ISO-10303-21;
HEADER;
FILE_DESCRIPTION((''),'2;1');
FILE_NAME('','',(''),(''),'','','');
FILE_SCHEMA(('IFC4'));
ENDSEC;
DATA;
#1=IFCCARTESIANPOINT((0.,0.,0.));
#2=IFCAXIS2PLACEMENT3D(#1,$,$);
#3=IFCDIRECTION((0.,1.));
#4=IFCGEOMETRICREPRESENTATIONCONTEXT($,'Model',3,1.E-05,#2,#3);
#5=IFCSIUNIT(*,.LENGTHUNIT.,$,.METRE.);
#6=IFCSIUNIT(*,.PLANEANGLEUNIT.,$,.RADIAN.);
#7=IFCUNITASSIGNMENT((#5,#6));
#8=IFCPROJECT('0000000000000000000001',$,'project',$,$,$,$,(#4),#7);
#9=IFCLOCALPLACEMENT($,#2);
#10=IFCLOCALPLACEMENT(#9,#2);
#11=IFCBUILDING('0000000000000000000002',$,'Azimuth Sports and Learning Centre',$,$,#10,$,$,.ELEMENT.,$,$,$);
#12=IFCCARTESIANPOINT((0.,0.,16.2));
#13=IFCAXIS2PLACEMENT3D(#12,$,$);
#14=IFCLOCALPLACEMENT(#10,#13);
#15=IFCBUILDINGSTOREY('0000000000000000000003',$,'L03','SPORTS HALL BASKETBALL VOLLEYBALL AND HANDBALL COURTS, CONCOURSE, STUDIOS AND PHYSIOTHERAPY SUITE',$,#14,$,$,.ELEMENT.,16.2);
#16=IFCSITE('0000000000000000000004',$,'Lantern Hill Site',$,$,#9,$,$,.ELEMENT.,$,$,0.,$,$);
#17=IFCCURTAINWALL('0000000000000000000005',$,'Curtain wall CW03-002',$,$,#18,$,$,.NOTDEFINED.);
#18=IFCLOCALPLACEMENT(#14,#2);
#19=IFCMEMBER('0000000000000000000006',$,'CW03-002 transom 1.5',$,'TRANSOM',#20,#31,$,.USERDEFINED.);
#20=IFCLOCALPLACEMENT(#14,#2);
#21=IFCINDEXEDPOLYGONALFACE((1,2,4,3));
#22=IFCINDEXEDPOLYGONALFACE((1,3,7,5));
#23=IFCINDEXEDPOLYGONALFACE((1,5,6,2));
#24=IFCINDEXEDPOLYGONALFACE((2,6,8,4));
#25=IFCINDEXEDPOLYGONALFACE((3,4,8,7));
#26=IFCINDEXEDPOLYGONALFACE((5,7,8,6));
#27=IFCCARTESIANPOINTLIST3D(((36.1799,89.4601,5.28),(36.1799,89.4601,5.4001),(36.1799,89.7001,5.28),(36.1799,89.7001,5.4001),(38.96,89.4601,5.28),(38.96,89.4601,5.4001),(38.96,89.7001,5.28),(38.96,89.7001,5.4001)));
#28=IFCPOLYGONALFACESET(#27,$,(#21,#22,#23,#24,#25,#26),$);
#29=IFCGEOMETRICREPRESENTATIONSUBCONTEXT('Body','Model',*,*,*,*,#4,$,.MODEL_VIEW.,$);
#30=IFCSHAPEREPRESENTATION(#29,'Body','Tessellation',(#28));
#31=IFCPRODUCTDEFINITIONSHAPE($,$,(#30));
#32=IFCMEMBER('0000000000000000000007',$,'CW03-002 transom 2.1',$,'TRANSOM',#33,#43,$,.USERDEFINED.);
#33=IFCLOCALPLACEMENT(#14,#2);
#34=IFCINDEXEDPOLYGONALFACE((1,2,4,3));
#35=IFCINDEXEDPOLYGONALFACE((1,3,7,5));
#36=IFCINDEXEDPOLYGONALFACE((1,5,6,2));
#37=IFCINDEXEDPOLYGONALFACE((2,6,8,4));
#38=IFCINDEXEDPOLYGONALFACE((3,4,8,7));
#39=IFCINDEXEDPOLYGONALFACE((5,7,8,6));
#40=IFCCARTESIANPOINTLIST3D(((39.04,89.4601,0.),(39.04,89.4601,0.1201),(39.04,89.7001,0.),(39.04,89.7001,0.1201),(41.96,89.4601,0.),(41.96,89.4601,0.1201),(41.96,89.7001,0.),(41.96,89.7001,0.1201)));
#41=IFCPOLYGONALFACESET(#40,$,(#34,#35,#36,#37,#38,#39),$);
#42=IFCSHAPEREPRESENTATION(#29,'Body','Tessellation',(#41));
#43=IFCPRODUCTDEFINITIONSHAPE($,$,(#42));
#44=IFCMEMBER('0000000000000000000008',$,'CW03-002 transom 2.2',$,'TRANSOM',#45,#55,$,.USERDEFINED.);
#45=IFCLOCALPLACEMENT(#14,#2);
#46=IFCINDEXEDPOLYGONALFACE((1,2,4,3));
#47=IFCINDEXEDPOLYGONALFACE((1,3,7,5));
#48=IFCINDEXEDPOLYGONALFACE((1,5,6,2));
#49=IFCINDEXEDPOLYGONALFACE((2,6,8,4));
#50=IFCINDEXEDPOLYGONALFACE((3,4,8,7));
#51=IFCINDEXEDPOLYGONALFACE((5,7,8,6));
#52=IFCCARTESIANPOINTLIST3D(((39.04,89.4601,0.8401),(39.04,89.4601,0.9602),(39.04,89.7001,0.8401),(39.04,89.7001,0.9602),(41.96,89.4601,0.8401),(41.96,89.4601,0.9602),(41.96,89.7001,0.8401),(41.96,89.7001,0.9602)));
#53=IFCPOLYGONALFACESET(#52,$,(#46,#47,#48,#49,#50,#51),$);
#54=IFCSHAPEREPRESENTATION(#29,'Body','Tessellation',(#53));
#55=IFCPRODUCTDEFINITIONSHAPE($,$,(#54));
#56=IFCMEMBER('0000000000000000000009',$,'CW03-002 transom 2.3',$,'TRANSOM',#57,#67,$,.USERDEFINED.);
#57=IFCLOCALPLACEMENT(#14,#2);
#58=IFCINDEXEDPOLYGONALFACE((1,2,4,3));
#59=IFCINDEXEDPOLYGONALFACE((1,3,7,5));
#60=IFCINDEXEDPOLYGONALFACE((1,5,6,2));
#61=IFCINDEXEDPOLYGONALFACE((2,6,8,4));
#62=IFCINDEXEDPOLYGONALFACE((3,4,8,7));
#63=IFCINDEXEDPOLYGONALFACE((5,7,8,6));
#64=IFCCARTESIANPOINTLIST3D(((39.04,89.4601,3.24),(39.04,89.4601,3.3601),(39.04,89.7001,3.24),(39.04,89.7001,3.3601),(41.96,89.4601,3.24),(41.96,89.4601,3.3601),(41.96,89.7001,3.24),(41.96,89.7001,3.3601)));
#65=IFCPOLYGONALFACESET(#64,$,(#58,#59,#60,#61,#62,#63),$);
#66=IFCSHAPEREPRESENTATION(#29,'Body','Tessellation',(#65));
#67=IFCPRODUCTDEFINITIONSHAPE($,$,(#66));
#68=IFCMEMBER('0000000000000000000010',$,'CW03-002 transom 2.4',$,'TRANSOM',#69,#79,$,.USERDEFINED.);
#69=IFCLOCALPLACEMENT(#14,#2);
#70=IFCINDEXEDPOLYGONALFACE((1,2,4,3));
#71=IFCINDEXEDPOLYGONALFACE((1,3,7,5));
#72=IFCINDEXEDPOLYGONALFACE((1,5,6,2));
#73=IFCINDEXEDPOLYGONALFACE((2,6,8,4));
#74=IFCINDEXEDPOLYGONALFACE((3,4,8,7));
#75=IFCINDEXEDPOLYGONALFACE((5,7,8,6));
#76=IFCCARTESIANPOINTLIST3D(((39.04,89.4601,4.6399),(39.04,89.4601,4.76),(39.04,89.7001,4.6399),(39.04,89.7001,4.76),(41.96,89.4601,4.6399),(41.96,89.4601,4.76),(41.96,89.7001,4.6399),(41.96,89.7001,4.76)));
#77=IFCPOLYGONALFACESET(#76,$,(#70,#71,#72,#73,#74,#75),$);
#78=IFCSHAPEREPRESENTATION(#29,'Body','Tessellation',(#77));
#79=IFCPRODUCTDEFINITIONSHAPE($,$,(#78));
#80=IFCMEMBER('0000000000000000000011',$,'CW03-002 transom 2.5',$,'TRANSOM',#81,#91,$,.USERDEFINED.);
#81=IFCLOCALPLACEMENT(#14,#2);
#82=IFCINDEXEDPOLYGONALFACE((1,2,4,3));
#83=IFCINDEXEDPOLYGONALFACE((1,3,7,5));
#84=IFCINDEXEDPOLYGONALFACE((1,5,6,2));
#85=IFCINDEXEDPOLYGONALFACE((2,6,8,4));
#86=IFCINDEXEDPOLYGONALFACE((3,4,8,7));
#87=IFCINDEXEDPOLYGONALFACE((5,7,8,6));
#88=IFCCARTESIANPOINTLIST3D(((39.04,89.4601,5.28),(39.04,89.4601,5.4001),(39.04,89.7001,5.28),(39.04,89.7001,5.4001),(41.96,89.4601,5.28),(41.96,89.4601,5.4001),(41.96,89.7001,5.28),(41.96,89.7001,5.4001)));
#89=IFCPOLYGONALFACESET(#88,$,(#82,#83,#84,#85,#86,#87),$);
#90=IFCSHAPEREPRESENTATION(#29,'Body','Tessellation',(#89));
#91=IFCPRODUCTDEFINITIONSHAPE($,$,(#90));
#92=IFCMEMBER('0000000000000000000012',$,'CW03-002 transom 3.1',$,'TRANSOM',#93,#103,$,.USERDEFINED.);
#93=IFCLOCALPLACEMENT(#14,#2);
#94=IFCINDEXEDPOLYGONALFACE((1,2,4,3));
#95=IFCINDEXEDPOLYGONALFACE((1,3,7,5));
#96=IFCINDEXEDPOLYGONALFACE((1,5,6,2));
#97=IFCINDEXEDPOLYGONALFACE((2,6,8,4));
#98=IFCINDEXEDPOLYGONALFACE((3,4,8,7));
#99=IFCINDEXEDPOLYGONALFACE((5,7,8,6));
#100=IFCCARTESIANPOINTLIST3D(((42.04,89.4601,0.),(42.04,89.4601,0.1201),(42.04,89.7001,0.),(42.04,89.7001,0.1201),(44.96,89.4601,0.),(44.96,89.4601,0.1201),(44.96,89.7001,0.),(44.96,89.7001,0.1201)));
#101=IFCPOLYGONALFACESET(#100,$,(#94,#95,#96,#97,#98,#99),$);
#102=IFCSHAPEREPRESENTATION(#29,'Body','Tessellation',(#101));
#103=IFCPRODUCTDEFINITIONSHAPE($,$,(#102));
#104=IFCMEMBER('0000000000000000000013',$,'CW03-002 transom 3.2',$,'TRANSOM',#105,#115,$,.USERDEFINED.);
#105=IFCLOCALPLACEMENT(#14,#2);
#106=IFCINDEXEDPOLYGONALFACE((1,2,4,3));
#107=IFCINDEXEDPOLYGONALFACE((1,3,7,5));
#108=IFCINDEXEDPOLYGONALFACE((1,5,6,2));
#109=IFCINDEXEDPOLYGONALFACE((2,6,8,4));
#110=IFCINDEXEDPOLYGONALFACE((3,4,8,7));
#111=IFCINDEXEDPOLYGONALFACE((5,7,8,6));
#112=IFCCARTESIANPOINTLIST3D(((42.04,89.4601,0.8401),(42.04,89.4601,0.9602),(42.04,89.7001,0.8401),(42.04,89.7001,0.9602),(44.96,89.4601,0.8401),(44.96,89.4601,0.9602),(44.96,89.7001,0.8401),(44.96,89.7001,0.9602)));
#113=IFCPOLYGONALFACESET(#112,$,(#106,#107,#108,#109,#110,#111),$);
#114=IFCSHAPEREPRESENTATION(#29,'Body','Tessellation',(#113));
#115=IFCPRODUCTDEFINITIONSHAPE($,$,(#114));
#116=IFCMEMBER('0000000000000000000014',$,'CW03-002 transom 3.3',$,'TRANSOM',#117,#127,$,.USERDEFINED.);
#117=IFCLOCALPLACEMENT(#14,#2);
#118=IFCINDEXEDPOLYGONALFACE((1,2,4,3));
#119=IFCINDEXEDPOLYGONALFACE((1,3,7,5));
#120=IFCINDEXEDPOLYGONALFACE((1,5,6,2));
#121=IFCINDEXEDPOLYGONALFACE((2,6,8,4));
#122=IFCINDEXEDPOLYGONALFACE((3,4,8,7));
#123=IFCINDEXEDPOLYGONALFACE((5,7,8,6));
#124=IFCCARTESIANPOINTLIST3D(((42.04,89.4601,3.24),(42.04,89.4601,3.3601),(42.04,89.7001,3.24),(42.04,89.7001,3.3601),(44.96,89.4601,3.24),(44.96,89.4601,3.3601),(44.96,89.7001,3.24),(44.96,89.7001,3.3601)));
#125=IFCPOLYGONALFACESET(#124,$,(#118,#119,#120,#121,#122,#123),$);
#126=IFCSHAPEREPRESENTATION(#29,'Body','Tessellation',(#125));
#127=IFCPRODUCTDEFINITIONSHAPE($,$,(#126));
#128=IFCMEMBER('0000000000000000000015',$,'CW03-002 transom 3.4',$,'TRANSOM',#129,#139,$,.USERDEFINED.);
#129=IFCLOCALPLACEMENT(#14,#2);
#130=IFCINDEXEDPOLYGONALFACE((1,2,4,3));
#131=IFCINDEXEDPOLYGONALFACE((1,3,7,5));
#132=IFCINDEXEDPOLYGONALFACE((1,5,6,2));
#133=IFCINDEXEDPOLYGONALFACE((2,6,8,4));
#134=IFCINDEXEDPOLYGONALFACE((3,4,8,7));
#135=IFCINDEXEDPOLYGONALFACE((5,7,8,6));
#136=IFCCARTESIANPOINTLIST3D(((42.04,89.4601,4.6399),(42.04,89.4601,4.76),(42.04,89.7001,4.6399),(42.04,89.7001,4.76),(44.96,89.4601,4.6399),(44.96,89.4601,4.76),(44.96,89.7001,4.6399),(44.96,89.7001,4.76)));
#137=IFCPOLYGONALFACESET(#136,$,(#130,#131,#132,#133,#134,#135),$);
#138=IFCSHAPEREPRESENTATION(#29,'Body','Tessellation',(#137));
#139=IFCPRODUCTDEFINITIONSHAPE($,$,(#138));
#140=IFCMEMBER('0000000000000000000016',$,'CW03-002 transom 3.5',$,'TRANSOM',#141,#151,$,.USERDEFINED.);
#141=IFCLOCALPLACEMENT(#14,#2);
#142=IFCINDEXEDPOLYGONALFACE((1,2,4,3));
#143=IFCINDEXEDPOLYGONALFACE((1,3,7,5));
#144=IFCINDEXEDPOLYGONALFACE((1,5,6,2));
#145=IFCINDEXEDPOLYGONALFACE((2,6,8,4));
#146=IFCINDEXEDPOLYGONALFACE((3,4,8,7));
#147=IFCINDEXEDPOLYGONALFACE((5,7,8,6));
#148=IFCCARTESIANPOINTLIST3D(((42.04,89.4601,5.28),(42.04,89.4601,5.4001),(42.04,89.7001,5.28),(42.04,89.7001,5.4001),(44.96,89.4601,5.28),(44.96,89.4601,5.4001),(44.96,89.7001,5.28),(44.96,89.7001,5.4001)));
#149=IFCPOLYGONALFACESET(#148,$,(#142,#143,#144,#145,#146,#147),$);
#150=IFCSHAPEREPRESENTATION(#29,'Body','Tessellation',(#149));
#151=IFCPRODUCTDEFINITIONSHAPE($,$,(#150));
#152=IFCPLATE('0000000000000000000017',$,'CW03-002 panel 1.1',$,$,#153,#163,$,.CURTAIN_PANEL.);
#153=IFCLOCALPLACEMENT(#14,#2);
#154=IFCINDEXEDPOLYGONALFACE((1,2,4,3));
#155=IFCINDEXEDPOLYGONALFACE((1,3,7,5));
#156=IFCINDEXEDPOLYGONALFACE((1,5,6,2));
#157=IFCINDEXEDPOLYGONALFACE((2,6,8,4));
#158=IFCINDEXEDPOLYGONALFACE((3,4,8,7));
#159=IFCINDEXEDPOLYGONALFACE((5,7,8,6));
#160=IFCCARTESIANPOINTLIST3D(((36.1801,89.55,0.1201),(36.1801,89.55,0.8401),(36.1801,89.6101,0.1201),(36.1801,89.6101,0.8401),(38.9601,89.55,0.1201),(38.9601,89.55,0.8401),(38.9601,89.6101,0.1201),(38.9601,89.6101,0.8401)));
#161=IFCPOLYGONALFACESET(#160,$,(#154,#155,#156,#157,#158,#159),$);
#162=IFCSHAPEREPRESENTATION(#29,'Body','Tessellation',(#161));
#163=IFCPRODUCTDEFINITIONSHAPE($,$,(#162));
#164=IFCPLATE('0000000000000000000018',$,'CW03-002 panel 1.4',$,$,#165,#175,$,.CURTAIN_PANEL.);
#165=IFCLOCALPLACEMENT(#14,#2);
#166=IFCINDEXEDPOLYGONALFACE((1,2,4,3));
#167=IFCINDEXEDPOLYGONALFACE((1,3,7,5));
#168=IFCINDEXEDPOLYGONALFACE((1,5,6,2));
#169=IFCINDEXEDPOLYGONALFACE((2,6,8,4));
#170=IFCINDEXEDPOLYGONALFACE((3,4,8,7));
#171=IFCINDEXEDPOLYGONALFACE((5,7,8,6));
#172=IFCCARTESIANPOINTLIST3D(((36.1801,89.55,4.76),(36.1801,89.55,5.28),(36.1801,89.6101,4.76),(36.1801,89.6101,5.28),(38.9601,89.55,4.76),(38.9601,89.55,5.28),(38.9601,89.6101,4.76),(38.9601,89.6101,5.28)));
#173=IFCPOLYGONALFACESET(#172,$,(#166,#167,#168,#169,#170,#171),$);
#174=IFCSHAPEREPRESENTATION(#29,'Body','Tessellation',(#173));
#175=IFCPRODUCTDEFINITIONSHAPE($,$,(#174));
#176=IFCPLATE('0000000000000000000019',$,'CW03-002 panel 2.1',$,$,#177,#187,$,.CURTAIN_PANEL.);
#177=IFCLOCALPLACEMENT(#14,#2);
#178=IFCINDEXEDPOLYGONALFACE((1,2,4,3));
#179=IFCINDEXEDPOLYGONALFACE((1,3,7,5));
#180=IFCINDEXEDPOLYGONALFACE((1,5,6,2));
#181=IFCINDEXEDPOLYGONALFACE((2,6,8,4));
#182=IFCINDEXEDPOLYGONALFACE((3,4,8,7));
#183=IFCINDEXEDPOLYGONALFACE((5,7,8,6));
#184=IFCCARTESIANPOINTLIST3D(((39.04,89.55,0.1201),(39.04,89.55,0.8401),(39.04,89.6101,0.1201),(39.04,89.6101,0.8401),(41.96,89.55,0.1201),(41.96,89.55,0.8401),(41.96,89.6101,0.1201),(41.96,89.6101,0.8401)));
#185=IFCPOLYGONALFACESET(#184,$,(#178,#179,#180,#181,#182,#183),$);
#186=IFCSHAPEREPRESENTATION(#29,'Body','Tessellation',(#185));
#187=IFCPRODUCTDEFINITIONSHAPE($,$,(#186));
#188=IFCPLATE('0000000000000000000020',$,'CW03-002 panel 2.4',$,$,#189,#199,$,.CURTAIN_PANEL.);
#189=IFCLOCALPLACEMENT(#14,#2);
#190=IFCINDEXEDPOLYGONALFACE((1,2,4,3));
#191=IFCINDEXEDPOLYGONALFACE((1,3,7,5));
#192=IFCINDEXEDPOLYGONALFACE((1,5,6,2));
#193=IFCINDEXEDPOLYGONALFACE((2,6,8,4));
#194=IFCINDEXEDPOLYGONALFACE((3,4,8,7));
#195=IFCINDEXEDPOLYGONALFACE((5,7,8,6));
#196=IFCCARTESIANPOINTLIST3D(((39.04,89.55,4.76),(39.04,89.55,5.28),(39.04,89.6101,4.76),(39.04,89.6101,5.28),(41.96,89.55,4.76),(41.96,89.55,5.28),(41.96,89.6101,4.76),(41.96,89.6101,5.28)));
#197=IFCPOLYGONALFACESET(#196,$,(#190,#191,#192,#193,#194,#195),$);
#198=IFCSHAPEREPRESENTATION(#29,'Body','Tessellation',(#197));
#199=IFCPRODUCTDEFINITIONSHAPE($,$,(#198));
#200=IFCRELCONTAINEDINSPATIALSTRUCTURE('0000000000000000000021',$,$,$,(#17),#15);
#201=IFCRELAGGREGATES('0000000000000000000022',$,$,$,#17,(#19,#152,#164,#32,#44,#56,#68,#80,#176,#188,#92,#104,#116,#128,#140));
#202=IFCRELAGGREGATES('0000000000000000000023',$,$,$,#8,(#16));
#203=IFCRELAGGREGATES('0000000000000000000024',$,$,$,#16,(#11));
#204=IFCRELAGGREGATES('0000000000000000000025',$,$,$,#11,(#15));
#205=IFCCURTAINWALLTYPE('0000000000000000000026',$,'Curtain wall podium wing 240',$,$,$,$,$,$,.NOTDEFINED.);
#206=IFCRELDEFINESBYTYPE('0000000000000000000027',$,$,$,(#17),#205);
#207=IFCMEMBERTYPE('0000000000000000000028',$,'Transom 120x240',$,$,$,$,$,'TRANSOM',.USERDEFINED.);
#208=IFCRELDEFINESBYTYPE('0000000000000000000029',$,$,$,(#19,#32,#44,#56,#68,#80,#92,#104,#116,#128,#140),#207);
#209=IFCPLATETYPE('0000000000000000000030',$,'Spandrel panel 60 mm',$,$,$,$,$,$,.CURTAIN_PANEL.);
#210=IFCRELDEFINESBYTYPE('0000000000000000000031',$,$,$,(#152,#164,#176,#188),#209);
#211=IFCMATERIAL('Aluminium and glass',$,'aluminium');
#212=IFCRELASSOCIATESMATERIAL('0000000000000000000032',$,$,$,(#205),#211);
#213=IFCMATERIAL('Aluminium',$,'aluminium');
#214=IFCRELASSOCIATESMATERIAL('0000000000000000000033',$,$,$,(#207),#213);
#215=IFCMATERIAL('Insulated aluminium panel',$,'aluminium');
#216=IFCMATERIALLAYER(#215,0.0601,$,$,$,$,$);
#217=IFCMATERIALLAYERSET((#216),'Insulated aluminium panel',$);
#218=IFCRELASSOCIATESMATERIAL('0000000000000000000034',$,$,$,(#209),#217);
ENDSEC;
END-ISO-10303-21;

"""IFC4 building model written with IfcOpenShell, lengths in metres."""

from ifc_helpers import new_model, si_unit, direction, frame, origin, origin_2d, place, context, subcontext, project, spatial, rectangle, extrude, material, layer, layer_set, material_profile, profile_set, type_object, element, aggregate, save


model = new_model("IFC4")

# Units and contexts
model_context = context("Model", 3, precision=1e-05, world=origin(), true_north=direction((0.0, 1.0)))
body_context = subcontext(model_context, "Body", "Model", "MODEL_VIEW")
ifc_project = project(units=[si_unit("LENGTHUNIT", "METRE"), si_unit("PLANEANGLEUNIT", "RADIAN")], contexts=[model_context])

# Site, building, storey
site_placement = place(None, origin())
site = spatial("IfcSite", under=ifc_project, at=site_placement, Name="Lantern Hill Site", CompositionType="ELEMENT", RefElevation=0.0)
building_placement = place(site_placement, origin())
building = spatial("IfcBuilding", under=site, at=building_placement, Name="Azimuth Sports and Learning Centre", CompositionType="ELEMENT")
storey_placement = place(building_placement, frame((0.0, 0.0, 16.2)))
storey = spatial("IfcBuildingStorey", under=building, at=storey_placement, Name="L03", Description="SPORTS HALL BASKETBALL VOLLEYBALL AND HANDBALL COURTS, CONCOURSE, STUDIOS AND PHYSIOTHERAPY SUITE", CompositionType="ELEMENT", Elevation=16.2)

# Curtain wall, members, plates
ifc_material_1 = material(Name="Aluminium and glass", Category="aluminium")
curtain_wall_type = type_object("IfcCurtainWallType", Name="Curtain wall podium wing 240", PredefinedType="NOTDEFINED", material=ifc_material_1)
curtain_wall_placement = place(storey_placement, origin())
curtain_wall = element("IfcCurtainWall", 1, at=curtain_wall_placement, inside=storey, type_object=curtain_wall_type, Name="Curtain wall CW03-002", PredefinedType="NOTDEFINED")
ifc_material_2 = material(Name="Aluminium", Category="aluminium")
ifc_material_profile_1 = material_profile(ifc_material_2, rectangle(XDim=0.24, YDim=0.1201, at=origin_2d()), Name="Transom 120x240")
ifc_profile_set_1 = profile_set([ifc_material_profile_1], Name="Aluminium")
member_type_1 = type_object("IfcMemberType", Name="Transom 120x240", ElementType="TRANSOM", PredefinedType="USERDEFINED", material=ifc_profile_set_1)
member_1_placement = place(storey_placement, frame((36.1799, 89.5801, 5.3401), z_axis=(1.0, 0.0, 0.0), x_axis=(0.0, 1.0, 0.0)))
member_1 = element("IfcMember", 2, at=member_1_placement, type_object=member_type_1, Name="CW03-002 transom 1.5", ObjectType="TRANSOM", PredefinedType="USERDEFINED", context=body_context, shape_type="SweptSolid", body=[
    extrude(rectangle(XDim=0.24, YDim=0.1201, at=origin_2d()), origin(), (0.0, 0.0, 1.0), 2.78),
])
member_2_placement = place(storey_placement, frame((39.04, 89.5801, 0.0601), z_axis=(1.0, 0.0, 0.0), x_axis=(0.0, 1.0, 0.0)))
member_2 = element("IfcMember", 3, at=member_2_placement, type_object=member_type_1, Name="CW03-002 transom 2.1", ObjectType="TRANSOM", PredefinedType="USERDEFINED", context=body_context, shape_type="SweptSolid", body=[
    extrude(rectangle(XDim=0.24, YDim=0.1201, at=origin_2d()), origin(), (0.0, 0.0, 1.0), 2.9199),
])
member_3_placement = place(storey_placement, frame((39.04, 89.5801, 0.9001), z_axis=(1.0, 0.0, 0.0), x_axis=(0.0, 1.0, 0.0)))
member_3 = element("IfcMember", 4, at=member_3_placement, type_object=member_type_1, Name="CW03-002 transom 2.2", ObjectType="TRANSOM", PredefinedType="USERDEFINED", context=body_context, shape_type="SweptSolid", body=[
    extrude(rectangle(XDim=0.24, YDim=0.1201, at=origin_2d()), origin(), (0.0, 0.0, 1.0), 2.9199),
])
member_4_placement = place(storey_placement, frame((39.04, 89.5801, 3.3), z_axis=(1.0, 0.0, 0.0), x_axis=(0.0, 1.0, 0.0)))
member_4 = element("IfcMember", 5, at=member_4_placement, type_object=member_type_1, Name="CW03-002 transom 2.3", ObjectType="TRANSOM", PredefinedType="USERDEFINED", context=body_context, shape_type="SweptSolid", body=[
    extrude(rectangle(XDim=0.24, YDim=0.1201, at=origin_2d()), origin(), (0.0, 0.0, 1.0), 2.9199),
])
member_5_placement = place(storey_placement, frame((39.04, 89.5801, 4.7), z_axis=(1.0, 0.0, 0.0), x_axis=(0.0, 1.0, 0.0)))
member_5 = element("IfcMember", 6, at=member_5_placement, type_object=member_type_1, Name="CW03-002 transom 2.4", ObjectType="TRANSOM", PredefinedType="USERDEFINED", context=body_context, shape_type="SweptSolid", body=[
    extrude(rectangle(XDim=0.24, YDim=0.1201, at=origin_2d()), origin(), (0.0, 0.0, 1.0), 2.9199),
])
member_6_placement = place(storey_placement, frame((39.04, 89.5801, 5.3401), z_axis=(1.0, 0.0, 0.0), x_axis=(0.0, 1.0, 0.0)))
member_6 = element("IfcMember", 7, at=member_6_placement, type_object=member_type_1, Name="CW03-002 transom 2.5", ObjectType="TRANSOM", PredefinedType="USERDEFINED", context=body_context, shape_type="SweptSolid", body=[
    extrude(rectangle(XDim=0.24, YDim=0.1201, at=origin_2d()), origin(), (0.0, 0.0, 1.0), 2.9199),
])
member_7_placement = place(storey_placement, frame((42.04, 89.5801, 0.0601), z_axis=(1.0, 0.0, 0.0), x_axis=(0.0, 1.0, 0.0)))
member_7 = element("IfcMember", 8, at=member_7_placement, type_object=member_type_1, Name="CW03-002 transom 3.1", ObjectType="TRANSOM", PredefinedType="USERDEFINED", context=body_context, shape_type="SweptSolid", body=[
    extrude(rectangle(XDim=0.24, YDim=0.1201, at=origin_2d()), origin(), (0.0, 0.0, 1.0), 2.9199),
])
member_8_placement = place(storey_placement, frame((42.04, 89.5801, 0.9001), z_axis=(1.0, 0.0, 0.0), x_axis=(0.0, 1.0, 0.0)))
member_8 = element("IfcMember", 9, at=member_8_placement, type_object=member_type_1, Name="CW03-002 transom 3.2", ObjectType="TRANSOM", PredefinedType="USERDEFINED", context=body_context, shape_type="SweptSolid", body=[
    extrude(rectangle(XDim=0.24, YDim=0.1201, at=origin_2d()), origin(), (0.0, 0.0, 1.0), 2.9199),
])
member_9_placement = place(storey_placement, frame((42.04, 89.5801, 3.3), z_axis=(1.0, 0.0, 0.0), x_axis=(0.0, 1.0, 0.0)))
member_9 = element("IfcMember", 10, at=member_9_placement, type_object=member_type_1, Name="CW03-002 transom 3.3", ObjectType="TRANSOM", PredefinedType="USERDEFINED", context=body_context, shape_type="SweptSolid", body=[
    extrude(rectangle(XDim=0.24, YDim=0.1201, at=origin_2d()), origin(), (0.0, 0.0, 1.0), 2.9199),
])
member_10_placement = place(storey_placement, frame((42.04, 89.5801, 4.7), z_axis=(1.0, 0.0, 0.0), x_axis=(0.0, 1.0, 0.0)))
member_10 = element("IfcMember", 11, at=member_10_placement, type_object=member_type_1, Name="CW03-002 transom 3.4", ObjectType="TRANSOM", PredefinedType="USERDEFINED", context=body_context, shape_type="SweptSolid", body=[
    extrude(rectangle(XDim=0.24, YDim=0.1201, at=origin_2d()), origin(), (0.0, 0.0, 1.0), 2.9199),
])
member_11_placement = place(storey_placement, frame((42.04, 89.5801, 5.3401), z_axis=(1.0, 0.0, 0.0), x_axis=(0.0, 1.0, 0.0)))
member_11 = element("IfcMember", 12, at=member_11_placement, type_object=member_type_1, Name="CW03-002 transom 3.5", ObjectType="TRANSOM", PredefinedType="USERDEFINED", context=body_context, shape_type="SweptSolid", body=[
    extrude(rectangle(XDim=0.24, YDim=0.1201, at=origin_2d()), origin(), (0.0, 0.0, 1.0), 2.9199),
])
ifc_material_3 = material(Name="Insulated aluminium panel", Category="aluminium")
ifc_layer_1 = layer(ifc_material_3, 0.0601)
ifc_layer_set_1 = layer_set([ifc_layer_1], Name="Insulated aluminium panel")
plate_type_1 = type_object("IfcPlateType", Name="Spandrel panel 60 mm", PredefinedType="CURTAIN_PANEL", material=ifc_layer_set_1)
plate_1_placement = place(storey_placement, frame((37.5701, 89.5801, 0.1201), z_axis=(0.0, 0.0, 1.0), x_axis=(1.0, 0.0, 0.0)))
plate_1 = element("IfcPlate", 13, at=plate_1_placement, type_object=plate_type_1, Name="CW03-002 panel 1.1", PredefinedType="CURTAIN_PANEL", context=body_context, shape_type="SweptSolid", body=[
    extrude(rectangle(XDim=2.78, YDim=0.0601, at=origin_2d()), origin(), (0.0, 0.0, 1.0), 0.72),
])
plate_2_placement = place(storey_placement, frame((37.5701, 89.5801, 4.76), z_axis=(0.0, 0.0, 1.0), x_axis=(1.0, 0.0, 0.0)))
plate_2 = element("IfcPlate", 14, at=plate_2_placement, type_object=plate_type_1, Name="CW03-002 panel 1.4", PredefinedType="CURTAIN_PANEL", context=body_context, shape_type="SweptSolid", body=[
    extrude(rectangle(XDim=2.78, YDim=0.0601, at=origin_2d()), origin(), (0.0, 0.0, 1.0), 0.52),
])
plate_3_placement = place(storey_placement, frame((40.5, 89.5801, 0.1201), z_axis=(0.0, 0.0, 1.0), x_axis=(1.0, 0.0, 0.0)))
plate_3 = element("IfcPlate", 15, at=plate_3_placement, type_object=plate_type_1, Name="CW03-002 panel 2.1", PredefinedType="CURTAIN_PANEL", context=body_context, shape_type="SweptSolid", body=[
    extrude(rectangle(XDim=2.9199, YDim=0.0601, at=origin_2d()), origin(), (0.0, 0.0, 1.0), 0.72),
])
plate_4_placement = place(storey_placement, frame((40.5, 89.5801, 4.76), z_axis=(0.0, 0.0, 1.0), x_axis=(1.0, 0.0, 0.0)))
plate_4 = element("IfcPlate", 16, at=plate_4_placement, type_object=plate_type_1, Name="CW03-002 panel 2.4", PredefinedType="CURTAIN_PANEL", context=body_context, shape_type="SweptSolid", body=[
    extrude(rectangle(XDim=2.9199, YDim=0.0601, at=origin_2d()), origin(), (0.0, 0.0, 1.0), 0.52),
])
aggregate(curtain_wall, [member_1, plate_1, plate_2, member_2, member_3, member_4, member_5, member_6, plate_3, plate_4, member_7, member_8, member_9, member_10, member_11])

save(model, "model.ifc")
